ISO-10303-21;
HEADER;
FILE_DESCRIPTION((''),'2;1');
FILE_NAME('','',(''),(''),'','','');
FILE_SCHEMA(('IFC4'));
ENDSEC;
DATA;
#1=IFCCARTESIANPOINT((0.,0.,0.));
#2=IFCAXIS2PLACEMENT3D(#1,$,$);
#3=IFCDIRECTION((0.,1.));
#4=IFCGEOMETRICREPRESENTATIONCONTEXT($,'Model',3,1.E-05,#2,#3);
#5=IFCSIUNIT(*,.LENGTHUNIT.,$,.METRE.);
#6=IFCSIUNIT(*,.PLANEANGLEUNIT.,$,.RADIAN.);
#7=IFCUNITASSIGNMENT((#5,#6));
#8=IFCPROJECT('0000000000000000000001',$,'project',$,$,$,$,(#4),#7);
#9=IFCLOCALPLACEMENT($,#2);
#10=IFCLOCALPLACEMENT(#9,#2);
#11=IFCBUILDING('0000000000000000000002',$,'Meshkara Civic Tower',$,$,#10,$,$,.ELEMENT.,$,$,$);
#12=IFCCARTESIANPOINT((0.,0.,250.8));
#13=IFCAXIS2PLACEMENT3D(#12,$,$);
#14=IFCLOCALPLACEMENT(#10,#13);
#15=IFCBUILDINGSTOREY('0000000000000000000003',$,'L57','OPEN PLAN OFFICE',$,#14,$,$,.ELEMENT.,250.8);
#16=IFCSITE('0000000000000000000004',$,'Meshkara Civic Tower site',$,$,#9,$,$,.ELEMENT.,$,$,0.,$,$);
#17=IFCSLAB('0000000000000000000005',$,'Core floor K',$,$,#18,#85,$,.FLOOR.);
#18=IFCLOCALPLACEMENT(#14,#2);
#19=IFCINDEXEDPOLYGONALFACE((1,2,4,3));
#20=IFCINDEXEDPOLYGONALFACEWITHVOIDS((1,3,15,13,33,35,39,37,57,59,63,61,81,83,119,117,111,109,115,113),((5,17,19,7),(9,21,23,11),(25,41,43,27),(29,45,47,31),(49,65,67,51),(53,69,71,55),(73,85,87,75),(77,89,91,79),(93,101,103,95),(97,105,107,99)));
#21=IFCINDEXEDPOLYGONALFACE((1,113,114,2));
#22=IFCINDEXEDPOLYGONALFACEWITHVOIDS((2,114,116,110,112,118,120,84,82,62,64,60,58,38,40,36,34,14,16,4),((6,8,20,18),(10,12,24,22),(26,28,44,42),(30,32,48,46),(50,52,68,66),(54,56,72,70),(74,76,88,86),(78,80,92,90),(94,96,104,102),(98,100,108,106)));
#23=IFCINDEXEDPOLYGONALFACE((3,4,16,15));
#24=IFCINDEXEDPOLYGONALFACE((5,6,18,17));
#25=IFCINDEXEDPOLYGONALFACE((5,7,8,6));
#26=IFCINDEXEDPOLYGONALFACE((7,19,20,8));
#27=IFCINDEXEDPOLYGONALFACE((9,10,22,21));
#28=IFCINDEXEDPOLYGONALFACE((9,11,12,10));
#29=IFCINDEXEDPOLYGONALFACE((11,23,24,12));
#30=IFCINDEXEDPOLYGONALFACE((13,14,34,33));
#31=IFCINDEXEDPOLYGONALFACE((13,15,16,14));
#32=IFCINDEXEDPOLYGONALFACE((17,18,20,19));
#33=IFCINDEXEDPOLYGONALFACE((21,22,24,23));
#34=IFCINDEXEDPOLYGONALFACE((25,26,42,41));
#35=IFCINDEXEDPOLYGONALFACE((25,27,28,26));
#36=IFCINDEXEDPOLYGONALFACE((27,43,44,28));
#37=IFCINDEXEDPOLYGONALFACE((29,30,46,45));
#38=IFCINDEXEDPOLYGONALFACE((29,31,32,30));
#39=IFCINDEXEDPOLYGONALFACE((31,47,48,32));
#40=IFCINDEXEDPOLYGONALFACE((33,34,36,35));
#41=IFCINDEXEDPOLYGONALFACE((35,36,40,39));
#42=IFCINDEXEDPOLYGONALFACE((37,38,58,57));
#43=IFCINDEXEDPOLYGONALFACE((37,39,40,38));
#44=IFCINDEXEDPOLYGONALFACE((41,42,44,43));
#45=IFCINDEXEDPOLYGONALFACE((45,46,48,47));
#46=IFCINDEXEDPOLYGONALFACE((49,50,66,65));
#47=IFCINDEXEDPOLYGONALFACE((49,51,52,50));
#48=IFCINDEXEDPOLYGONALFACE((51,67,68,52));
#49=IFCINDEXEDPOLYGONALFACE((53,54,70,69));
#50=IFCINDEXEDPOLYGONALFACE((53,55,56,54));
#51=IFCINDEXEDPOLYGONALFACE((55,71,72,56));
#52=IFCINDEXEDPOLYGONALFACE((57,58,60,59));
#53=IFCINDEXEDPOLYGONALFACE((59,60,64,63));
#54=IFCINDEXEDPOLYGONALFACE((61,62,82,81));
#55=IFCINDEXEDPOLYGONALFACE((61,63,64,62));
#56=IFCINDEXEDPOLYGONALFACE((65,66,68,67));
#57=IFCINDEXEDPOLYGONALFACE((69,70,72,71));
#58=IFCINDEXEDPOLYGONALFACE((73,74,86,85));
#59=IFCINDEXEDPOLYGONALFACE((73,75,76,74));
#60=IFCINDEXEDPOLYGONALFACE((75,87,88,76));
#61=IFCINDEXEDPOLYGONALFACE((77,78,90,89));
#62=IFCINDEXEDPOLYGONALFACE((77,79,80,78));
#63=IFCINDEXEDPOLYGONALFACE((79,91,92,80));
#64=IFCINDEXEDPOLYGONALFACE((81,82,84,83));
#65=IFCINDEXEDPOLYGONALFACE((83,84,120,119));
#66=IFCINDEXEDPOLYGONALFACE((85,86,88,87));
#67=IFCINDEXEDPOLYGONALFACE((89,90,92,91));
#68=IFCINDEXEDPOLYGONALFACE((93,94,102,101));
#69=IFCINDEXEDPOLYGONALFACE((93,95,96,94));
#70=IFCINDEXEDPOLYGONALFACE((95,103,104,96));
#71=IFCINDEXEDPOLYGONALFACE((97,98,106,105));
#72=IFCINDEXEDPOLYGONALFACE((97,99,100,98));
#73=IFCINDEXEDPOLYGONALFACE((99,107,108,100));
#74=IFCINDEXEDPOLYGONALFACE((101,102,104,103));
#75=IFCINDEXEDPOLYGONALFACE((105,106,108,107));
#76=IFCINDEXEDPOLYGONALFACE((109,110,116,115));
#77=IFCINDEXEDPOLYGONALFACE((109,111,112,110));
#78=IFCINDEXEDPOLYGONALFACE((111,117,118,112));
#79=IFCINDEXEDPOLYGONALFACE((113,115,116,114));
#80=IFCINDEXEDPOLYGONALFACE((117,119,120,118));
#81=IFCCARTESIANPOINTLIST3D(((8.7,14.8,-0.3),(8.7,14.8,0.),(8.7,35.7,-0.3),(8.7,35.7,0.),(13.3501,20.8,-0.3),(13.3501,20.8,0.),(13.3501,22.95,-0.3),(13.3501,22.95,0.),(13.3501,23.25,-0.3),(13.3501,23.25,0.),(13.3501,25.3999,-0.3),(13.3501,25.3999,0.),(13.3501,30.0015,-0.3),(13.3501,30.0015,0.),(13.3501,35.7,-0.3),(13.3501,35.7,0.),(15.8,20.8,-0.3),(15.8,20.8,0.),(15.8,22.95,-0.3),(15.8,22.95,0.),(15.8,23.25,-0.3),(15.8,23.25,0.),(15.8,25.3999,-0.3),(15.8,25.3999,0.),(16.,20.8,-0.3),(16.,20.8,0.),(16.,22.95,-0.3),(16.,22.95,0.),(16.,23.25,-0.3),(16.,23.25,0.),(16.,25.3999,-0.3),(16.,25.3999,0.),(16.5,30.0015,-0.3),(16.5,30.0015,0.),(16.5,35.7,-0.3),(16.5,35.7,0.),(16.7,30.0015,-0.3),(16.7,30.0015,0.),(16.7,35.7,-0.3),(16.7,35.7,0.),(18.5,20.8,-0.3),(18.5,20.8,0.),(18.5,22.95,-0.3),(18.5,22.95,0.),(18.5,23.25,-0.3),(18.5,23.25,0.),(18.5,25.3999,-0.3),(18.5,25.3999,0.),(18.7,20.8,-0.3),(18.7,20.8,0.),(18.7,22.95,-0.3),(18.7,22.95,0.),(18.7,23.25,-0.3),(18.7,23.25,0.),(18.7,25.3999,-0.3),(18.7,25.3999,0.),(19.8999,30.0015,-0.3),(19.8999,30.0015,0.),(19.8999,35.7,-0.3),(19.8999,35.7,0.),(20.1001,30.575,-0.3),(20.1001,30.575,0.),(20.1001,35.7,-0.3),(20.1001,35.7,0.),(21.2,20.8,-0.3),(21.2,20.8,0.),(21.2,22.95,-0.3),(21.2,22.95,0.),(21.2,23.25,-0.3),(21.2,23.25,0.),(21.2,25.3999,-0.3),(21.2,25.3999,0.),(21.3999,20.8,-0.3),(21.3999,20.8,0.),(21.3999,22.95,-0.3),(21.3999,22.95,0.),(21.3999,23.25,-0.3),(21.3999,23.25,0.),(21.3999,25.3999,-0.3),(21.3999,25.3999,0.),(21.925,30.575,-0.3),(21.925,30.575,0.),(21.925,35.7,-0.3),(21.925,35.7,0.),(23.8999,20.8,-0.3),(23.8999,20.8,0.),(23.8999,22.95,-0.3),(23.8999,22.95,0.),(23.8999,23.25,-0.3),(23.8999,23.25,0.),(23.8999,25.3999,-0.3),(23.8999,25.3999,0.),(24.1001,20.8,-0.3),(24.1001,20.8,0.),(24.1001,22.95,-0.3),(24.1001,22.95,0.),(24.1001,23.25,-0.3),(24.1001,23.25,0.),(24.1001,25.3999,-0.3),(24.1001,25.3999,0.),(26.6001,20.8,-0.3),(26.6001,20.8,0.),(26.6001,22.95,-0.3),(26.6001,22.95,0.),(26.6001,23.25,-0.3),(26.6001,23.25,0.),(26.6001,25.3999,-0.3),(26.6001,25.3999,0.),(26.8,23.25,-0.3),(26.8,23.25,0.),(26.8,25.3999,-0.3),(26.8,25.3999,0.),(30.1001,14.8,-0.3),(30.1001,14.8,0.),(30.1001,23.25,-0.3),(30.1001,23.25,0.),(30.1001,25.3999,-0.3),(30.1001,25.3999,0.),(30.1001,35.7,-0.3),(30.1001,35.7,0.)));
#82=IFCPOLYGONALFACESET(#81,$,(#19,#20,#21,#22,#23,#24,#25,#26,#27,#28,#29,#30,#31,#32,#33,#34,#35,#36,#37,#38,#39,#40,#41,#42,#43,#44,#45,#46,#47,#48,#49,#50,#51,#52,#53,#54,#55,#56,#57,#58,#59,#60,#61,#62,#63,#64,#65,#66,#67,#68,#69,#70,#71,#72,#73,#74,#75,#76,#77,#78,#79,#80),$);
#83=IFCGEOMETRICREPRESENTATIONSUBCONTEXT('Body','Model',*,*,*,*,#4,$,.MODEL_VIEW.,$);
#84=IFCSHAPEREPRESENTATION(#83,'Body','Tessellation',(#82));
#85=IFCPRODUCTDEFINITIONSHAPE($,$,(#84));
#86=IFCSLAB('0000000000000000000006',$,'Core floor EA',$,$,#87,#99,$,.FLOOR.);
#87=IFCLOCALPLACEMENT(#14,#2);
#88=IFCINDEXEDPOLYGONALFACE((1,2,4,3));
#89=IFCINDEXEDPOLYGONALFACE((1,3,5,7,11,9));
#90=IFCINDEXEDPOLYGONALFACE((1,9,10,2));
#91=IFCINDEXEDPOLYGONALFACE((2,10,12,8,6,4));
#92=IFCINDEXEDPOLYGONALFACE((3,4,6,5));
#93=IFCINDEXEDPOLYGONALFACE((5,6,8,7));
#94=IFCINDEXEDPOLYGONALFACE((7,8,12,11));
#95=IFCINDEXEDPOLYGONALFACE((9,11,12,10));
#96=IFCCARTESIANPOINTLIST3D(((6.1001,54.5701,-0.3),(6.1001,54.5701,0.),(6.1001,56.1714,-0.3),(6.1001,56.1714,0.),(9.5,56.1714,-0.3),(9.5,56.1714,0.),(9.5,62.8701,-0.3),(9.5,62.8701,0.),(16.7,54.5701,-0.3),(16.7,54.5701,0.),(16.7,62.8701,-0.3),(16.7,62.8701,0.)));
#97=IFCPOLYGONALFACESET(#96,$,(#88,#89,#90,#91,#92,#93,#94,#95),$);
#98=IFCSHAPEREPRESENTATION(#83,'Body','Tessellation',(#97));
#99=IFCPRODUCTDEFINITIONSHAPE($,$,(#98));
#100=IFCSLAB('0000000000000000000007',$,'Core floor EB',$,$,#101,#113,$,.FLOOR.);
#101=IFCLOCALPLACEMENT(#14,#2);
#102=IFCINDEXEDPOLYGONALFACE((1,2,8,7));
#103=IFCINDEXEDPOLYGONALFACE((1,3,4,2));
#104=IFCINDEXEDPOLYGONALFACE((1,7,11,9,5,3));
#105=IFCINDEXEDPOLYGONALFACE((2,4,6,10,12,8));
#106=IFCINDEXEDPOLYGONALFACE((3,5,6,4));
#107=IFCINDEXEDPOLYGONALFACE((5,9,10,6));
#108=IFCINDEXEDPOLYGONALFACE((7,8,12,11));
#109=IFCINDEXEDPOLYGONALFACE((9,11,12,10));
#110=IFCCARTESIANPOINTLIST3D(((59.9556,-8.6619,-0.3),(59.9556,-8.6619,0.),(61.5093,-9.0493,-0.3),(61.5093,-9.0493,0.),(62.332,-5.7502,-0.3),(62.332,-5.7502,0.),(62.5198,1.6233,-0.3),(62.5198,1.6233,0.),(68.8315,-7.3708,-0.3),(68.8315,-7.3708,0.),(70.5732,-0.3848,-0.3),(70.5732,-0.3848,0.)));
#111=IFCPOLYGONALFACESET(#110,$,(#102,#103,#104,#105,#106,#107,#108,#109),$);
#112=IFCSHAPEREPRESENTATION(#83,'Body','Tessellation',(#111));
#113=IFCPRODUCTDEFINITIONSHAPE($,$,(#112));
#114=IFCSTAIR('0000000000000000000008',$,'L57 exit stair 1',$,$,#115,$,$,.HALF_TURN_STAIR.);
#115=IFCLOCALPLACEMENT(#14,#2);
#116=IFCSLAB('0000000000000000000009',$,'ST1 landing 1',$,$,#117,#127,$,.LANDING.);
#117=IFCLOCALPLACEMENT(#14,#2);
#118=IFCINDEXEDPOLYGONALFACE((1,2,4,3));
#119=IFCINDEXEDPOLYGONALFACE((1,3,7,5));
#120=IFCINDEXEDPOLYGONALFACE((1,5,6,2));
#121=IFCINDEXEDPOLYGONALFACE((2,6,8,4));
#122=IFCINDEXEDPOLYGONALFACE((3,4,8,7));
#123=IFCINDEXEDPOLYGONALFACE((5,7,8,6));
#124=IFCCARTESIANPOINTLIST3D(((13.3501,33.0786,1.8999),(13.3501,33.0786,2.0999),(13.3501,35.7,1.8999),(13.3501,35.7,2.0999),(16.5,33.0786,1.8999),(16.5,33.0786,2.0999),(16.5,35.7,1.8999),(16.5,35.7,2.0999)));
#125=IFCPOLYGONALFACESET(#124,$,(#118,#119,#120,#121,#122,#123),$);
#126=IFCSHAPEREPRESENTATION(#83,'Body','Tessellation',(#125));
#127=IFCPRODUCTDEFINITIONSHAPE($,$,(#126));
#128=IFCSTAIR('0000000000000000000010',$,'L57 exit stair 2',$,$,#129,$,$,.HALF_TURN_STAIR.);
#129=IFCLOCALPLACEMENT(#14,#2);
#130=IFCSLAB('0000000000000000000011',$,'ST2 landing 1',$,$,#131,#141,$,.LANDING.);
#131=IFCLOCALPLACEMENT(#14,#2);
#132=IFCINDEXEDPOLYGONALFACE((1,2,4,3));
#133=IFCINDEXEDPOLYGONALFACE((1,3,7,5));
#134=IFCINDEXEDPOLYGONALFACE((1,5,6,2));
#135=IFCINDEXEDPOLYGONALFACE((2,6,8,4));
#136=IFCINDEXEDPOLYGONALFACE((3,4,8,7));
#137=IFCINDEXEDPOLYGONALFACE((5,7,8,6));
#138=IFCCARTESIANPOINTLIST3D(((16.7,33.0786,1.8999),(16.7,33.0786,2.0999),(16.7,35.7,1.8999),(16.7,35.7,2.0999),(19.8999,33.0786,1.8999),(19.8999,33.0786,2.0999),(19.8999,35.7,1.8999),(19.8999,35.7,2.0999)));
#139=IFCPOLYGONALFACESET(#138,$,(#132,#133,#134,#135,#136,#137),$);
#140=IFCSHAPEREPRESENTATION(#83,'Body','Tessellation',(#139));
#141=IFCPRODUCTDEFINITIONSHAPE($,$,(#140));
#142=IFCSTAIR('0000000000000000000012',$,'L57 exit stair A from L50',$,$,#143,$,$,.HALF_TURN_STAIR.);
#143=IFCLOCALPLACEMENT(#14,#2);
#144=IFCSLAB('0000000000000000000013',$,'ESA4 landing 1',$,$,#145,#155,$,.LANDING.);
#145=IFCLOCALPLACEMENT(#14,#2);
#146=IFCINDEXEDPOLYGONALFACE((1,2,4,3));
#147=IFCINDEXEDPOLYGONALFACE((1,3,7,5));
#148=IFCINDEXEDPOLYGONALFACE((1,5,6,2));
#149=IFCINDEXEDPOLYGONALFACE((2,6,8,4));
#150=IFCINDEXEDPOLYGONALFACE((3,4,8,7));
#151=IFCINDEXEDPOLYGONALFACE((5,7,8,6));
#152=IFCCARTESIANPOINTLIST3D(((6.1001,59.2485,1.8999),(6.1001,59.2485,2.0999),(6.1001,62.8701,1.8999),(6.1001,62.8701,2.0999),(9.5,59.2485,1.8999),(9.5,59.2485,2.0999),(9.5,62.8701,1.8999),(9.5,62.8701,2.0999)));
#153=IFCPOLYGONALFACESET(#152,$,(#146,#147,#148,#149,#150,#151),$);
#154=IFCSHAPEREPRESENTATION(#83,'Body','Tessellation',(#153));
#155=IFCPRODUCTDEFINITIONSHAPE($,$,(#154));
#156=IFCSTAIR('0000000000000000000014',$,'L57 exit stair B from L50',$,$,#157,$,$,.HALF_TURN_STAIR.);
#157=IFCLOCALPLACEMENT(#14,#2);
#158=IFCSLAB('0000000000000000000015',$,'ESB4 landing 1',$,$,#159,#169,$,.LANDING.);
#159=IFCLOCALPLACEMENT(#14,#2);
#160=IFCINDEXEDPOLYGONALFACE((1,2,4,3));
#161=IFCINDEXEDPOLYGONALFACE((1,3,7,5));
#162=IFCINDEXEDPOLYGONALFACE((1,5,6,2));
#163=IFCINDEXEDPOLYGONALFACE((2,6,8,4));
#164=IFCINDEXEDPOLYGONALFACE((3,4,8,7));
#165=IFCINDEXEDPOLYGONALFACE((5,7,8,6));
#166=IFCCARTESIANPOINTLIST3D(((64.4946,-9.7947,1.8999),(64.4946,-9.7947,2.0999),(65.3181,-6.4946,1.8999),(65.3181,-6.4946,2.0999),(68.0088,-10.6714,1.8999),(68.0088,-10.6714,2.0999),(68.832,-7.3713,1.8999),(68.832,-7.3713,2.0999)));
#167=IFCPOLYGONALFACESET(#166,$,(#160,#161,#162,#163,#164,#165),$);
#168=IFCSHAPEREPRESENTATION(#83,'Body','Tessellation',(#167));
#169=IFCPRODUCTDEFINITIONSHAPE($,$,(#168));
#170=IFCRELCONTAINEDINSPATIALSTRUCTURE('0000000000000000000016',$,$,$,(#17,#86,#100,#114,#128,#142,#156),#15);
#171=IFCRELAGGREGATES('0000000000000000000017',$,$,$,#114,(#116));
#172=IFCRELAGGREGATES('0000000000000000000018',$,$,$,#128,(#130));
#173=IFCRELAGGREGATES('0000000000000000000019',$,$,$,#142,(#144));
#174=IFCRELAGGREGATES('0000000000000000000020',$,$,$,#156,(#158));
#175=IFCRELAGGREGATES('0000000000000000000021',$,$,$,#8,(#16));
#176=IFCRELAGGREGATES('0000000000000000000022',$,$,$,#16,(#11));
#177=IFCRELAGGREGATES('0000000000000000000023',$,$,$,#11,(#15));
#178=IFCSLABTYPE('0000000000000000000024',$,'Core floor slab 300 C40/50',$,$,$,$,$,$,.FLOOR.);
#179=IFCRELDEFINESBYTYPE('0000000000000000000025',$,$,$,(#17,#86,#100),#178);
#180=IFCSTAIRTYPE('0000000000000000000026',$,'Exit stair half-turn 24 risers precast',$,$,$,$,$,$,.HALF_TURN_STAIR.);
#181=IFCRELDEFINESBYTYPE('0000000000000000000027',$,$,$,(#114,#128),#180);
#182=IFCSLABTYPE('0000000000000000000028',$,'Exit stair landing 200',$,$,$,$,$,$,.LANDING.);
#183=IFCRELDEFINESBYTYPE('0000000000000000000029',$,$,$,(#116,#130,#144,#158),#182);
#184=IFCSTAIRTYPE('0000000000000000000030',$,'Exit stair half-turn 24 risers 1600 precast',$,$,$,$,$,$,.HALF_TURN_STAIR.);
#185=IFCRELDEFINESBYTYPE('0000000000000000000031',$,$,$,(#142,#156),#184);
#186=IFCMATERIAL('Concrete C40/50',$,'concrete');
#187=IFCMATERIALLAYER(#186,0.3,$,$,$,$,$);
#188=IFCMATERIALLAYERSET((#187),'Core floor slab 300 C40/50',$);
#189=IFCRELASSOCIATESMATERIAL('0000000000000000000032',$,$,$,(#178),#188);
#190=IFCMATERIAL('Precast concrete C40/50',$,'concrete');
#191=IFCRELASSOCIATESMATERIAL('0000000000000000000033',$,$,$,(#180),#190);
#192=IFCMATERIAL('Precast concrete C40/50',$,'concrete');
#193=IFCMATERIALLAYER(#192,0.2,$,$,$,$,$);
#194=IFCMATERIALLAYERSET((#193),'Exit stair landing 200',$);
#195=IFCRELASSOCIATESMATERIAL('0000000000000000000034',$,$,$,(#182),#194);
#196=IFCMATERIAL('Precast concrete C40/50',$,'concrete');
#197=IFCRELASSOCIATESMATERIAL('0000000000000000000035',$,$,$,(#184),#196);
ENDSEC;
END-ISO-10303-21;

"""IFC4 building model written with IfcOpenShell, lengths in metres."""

from ifc_helpers import new_model, si_unit, direction, frame, origin, place, context, subcontext, project, spatial, polyline, outline, extrude, material, layer, layer_set, type_object, element, aggregate, save


model = new_model("IFC4")

# Units and contexts
model_context = context("Model", 3, precision=1e-05, world=origin(), true_north=direction((0.0, 1.0)))
body_context = subcontext(model_context, "Body", "Model", "MODEL_VIEW")
ifc_project = project(units=[si_unit("LENGTHUNIT", "METRE"), si_unit("PLANEANGLEUNIT", "RADIAN")], contexts=[model_context])

# Site, building, storey
site_placement = place(None, origin())
site = spatial("IfcSite", under=ifc_project, at=site_placement, Name="Meshkara Civic Tower site", CompositionType="ELEMENT", RefElevation=0.0)
building_placement = place(site_placement, origin())
building = spatial("IfcBuilding", under=site, at=building_placement, Name="Meshkara Civic Tower", CompositionType="ELEMENT")
storey_placement = place(building_placement, frame((0.0, 0.0, 250.8)))
storey = spatial("IfcBuildingStorey", under=building, at=storey_placement, Name="L57", Description="OPEN PLAN OFFICE", CompositionType="ELEMENT", Elevation=250.8)

# Slabs
ifc_material_1 = material(Name="Concrete C40/50", Category="concrete")
ifc_layer_1 = layer(ifc_material_1, 0.3)
ifc_layer_set_1 = layer_set([ifc_layer_1], Name="Core floor slab 300 C40/50")
slab_type_1 = type_object("IfcSlabType", Name="Core floor slab 300 C40/50", PredefinedType="FLOOR", material=ifc_layer_set_1)
slab_1_placement = place(storey_placement, frame((0.0, 0.0, -0.3)))
element("IfcSlab", 1, at=slab_1_placement, inside=storey, type_object=slab_type_1, Name="Core floor K", PredefinedType="FLOOR", context=body_context, shape_type="SweptSolid", body=[
    extrude(outline(polyline([(8.7, 35.7), (13.3501, 35.7), (13.3501, 30.0015), (16.5, 30.0015), (16.5, 35.7), (16.7, 35.7), (16.7, 30.0015), (19.8999, 30.0015), (19.8999, 35.7), (20.1001, 35.7), (20.1001, 30.575), (21.925, 30.575), (21.925, 35.7), (30.1001, 35.7), (30.1001, 25.3999), (26.8, 25.3999), (26.8, 23.25), (30.1001, 23.25), (30.1001, 14.8), (8.7, 14.8), (8.7, 35.7)]), holes=[polyline([(15.8, 22.95), (13.3501, 22.95), (13.3501, 20.8), (15.8, 20.8), (15.8, 22.95)]), polyline([(16.0, 22.95), (16.0, 20.8), (18.5, 20.8), (18.5, 22.95), (16.0, 22.95)]), polyline([(18.7, 22.95), (18.7, 20.8), (21.2, 20.8), (21.2, 22.95), (18.7, 22.95)]), polyline([(15.8, 23.25), (15.8, 25.3999), (13.3501, 25.3999), (13.3501, 23.25), (15.8, 23.25)]), polyline([(16.0, 25.3999), (16.0, 23.25), (18.5, 23.25), (18.5, 25.3999), (16.0, 25.3999)]), polyline([(23.8999, 20.8), (23.8999, 22.95), (21.3999, 22.95), (21.3999, 20.8), (23.8999, 20.8)]), polyline([(24.1001, 20.8), (26.6001, 20.8), (26.6001, 22.95), (24.1001, 22.95), (24.1001, 20.8)]), polyline([(18.7, 25.3999), (18.7, 23.25), (21.2, 23.25), (21.2, 25.3999), (18.7, 25.3999)]), polyline([(21.3999, 23.25), (23.8999, 23.25), (23.8999, 25.3999), (21.3999, 25.3999), (21.3999, 23.25)]), polyline([(24.1001, 23.25), (26.6001, 23.25), (26.6001, 25.3999), (24.1001, 25.3999), (24.1001, 23.25)])]), origin(), (0.0, 0.0, 1.0), 0.3),
])
slab_2_placement = place(storey_placement, frame((0.0, 0.0, -0.3)))
element("IfcSlab", 2, at=slab_2_placement, inside=storey, type_object=slab_type_1, Name="Core floor EA", PredefinedType="FLOOR", context=body_context, shape_type="SweptSolid", body=[
    extrude(outline(polyline([(16.7, 54.5701), (16.7, 62.8701), (9.5, 62.8701), (9.5, 56.1714), (6.1001, 56.1714), (6.1001, 54.5701), (16.7, 54.5701)])), origin(), (0.0, 0.0, 1.0), 0.3),
])
slab_3_placement = place(storey_placement, frame((0.0, 0.0, -0.3)))
element("IfcSlab", 3, at=slab_3_placement, inside=storey, type_object=slab_type_1, Name="Core floor EB", PredefinedType="FLOOR", context=body_context, shape_type="SweptSolid", body=[
    extrude(outline(polyline([(62.5198, 1.6233), (70.5732, -0.3848), (68.8315, -7.3708), (62.332, -5.7502), (61.5093, -9.0493), (59.9556, -8.6619), (62.5198, 1.6233)])), origin(), (0.0, 0.0, 1.0), 0.3),
])

# Stairs, slabs
ifc_material_2 = material(Name="Precast concrete C40/50", Category="concrete")
stair_type_1 = type_object("IfcStairType", Name="Exit stair half-turn 24 risers precast", PredefinedType="HALF_TURN_STAIR", material=ifc_material_2)
stair_1_placement = place(storey_placement, origin())
stair_1 = element("IfcStair", 4, at=stair_1_placement, inside=storey, type_object=stair_type_1, Name="L57 exit stair 1", PredefinedType="HALF_TURN_STAIR")
ifc_material_3 = material(Name="Precast concrete C40/50", Category="concrete")
ifc_layer_2 = layer(ifc_material_3, 0.2)
ifc_layer_set_2 = layer_set([ifc_layer_2], Name="Exit stair landing 200")
slab_type_2 = type_object("IfcSlabType", Name="Exit stair landing 200", PredefinedType="LANDING", material=ifc_layer_set_2)
slab_4_placement = place(storey_placement, frame((0.0, 0.0, 1.8999)))
slab_4 = element("IfcSlab", 5, at=slab_4_placement, type_object=slab_type_2, Name="ST1 landing 1", PredefinedType="LANDING", context=body_context, shape_type="SweptSolid", body=[
    extrude(outline(polyline([(16.5, 33.0786), (16.5, 35.7), (13.3501, 35.7), (13.3501, 33.0786), (16.5, 33.0786)])), origin(), (0.0, 0.0, 1.0), 0.2),
])
aggregate(stair_1, [slab_4])
stair_2_placement = place(storey_placement, origin())
stair_2 = element("IfcStair", 6, at=stair_2_placement, inside=storey, type_object=stair_type_1, Name="L57 exit stair 2", PredefinedType="HALF_TURN_STAIR")
slab_5_placement = place(storey_placement, frame((0.0, 0.0, 1.8999)))
slab_5 = element("IfcSlab", 7, at=slab_5_placement, type_object=slab_type_2, Name="ST2 landing 1", PredefinedType="LANDING", context=body_context, shape_type="SweptSolid", body=[
    extrude(outline(polyline([(19.8999, 33.0786), (19.8999, 35.7), (16.7, 35.7), (16.7, 33.0786), (19.8999, 33.0786)])), origin(), (0.0, 0.0, 1.0), 0.2),
])
aggregate(stair_2, [slab_5])
ifc_material_4 = material(Name="Precast concrete C40/50", Category="concrete")
stair_type_2 = type_object("IfcStairType", Name="Exit stair half-turn 24 risers 1600 precast", PredefinedType="HALF_TURN_STAIR", material=ifc_material_4)
stair_3_placement = place(storey_placement, origin())
stair_3 = element("IfcStair", 8, at=stair_3_placement, inside=storey, type_object=stair_type_2, Name="L57 exit stair A from L50", PredefinedType="HALF_TURN_STAIR")
slab_6_placement = place(storey_placement, frame((0.0, 0.0, 1.8999)))
slab_6 = element("IfcSlab", 9, at=slab_6_placement, type_object=slab_type_2, Name="ESA4 landing 1", PredefinedType="LANDING", context=body_context, shape_type="SweptSolid", body=[
    extrude(outline(polyline([(9.5, 59.2485), (9.5, 62.8701), (6.1001, 62.8701), (6.1001, 59.2485), (9.5, 59.2485)])), origin(), (0.0, 0.0, 1.0), 0.2),
])
aggregate(stair_3, [slab_6])
stair_4_placement = place(storey_placement, origin())
stair_4 = element("IfcStair", 10, at=stair_4_placement, inside=storey, type_object=stair_type_2, Name="L57 exit stair B from L50", PredefinedType="HALF_TURN_STAIR")
slab_7_placement = place(storey_placement, frame((0.0, 0.0, 1.8999)))
slab_7 = element("IfcSlab", 11, at=slab_7_placement, type_object=slab_type_2, Name="ESB4 landing 1", PredefinedType="LANDING", context=body_context, shape_type="SweptSolid", body=[
    extrude(outline(polyline([(64.4946, -9.7947), (68.0088, -10.6714), (68.832, -7.3713), (65.3181, -6.4946), (64.4946, -9.7947)])), origin(), (0.0, 0.0, 1.0), 0.2),
])
aggregate(stair_4, [slab_7])

save(model, "model.ifc")
